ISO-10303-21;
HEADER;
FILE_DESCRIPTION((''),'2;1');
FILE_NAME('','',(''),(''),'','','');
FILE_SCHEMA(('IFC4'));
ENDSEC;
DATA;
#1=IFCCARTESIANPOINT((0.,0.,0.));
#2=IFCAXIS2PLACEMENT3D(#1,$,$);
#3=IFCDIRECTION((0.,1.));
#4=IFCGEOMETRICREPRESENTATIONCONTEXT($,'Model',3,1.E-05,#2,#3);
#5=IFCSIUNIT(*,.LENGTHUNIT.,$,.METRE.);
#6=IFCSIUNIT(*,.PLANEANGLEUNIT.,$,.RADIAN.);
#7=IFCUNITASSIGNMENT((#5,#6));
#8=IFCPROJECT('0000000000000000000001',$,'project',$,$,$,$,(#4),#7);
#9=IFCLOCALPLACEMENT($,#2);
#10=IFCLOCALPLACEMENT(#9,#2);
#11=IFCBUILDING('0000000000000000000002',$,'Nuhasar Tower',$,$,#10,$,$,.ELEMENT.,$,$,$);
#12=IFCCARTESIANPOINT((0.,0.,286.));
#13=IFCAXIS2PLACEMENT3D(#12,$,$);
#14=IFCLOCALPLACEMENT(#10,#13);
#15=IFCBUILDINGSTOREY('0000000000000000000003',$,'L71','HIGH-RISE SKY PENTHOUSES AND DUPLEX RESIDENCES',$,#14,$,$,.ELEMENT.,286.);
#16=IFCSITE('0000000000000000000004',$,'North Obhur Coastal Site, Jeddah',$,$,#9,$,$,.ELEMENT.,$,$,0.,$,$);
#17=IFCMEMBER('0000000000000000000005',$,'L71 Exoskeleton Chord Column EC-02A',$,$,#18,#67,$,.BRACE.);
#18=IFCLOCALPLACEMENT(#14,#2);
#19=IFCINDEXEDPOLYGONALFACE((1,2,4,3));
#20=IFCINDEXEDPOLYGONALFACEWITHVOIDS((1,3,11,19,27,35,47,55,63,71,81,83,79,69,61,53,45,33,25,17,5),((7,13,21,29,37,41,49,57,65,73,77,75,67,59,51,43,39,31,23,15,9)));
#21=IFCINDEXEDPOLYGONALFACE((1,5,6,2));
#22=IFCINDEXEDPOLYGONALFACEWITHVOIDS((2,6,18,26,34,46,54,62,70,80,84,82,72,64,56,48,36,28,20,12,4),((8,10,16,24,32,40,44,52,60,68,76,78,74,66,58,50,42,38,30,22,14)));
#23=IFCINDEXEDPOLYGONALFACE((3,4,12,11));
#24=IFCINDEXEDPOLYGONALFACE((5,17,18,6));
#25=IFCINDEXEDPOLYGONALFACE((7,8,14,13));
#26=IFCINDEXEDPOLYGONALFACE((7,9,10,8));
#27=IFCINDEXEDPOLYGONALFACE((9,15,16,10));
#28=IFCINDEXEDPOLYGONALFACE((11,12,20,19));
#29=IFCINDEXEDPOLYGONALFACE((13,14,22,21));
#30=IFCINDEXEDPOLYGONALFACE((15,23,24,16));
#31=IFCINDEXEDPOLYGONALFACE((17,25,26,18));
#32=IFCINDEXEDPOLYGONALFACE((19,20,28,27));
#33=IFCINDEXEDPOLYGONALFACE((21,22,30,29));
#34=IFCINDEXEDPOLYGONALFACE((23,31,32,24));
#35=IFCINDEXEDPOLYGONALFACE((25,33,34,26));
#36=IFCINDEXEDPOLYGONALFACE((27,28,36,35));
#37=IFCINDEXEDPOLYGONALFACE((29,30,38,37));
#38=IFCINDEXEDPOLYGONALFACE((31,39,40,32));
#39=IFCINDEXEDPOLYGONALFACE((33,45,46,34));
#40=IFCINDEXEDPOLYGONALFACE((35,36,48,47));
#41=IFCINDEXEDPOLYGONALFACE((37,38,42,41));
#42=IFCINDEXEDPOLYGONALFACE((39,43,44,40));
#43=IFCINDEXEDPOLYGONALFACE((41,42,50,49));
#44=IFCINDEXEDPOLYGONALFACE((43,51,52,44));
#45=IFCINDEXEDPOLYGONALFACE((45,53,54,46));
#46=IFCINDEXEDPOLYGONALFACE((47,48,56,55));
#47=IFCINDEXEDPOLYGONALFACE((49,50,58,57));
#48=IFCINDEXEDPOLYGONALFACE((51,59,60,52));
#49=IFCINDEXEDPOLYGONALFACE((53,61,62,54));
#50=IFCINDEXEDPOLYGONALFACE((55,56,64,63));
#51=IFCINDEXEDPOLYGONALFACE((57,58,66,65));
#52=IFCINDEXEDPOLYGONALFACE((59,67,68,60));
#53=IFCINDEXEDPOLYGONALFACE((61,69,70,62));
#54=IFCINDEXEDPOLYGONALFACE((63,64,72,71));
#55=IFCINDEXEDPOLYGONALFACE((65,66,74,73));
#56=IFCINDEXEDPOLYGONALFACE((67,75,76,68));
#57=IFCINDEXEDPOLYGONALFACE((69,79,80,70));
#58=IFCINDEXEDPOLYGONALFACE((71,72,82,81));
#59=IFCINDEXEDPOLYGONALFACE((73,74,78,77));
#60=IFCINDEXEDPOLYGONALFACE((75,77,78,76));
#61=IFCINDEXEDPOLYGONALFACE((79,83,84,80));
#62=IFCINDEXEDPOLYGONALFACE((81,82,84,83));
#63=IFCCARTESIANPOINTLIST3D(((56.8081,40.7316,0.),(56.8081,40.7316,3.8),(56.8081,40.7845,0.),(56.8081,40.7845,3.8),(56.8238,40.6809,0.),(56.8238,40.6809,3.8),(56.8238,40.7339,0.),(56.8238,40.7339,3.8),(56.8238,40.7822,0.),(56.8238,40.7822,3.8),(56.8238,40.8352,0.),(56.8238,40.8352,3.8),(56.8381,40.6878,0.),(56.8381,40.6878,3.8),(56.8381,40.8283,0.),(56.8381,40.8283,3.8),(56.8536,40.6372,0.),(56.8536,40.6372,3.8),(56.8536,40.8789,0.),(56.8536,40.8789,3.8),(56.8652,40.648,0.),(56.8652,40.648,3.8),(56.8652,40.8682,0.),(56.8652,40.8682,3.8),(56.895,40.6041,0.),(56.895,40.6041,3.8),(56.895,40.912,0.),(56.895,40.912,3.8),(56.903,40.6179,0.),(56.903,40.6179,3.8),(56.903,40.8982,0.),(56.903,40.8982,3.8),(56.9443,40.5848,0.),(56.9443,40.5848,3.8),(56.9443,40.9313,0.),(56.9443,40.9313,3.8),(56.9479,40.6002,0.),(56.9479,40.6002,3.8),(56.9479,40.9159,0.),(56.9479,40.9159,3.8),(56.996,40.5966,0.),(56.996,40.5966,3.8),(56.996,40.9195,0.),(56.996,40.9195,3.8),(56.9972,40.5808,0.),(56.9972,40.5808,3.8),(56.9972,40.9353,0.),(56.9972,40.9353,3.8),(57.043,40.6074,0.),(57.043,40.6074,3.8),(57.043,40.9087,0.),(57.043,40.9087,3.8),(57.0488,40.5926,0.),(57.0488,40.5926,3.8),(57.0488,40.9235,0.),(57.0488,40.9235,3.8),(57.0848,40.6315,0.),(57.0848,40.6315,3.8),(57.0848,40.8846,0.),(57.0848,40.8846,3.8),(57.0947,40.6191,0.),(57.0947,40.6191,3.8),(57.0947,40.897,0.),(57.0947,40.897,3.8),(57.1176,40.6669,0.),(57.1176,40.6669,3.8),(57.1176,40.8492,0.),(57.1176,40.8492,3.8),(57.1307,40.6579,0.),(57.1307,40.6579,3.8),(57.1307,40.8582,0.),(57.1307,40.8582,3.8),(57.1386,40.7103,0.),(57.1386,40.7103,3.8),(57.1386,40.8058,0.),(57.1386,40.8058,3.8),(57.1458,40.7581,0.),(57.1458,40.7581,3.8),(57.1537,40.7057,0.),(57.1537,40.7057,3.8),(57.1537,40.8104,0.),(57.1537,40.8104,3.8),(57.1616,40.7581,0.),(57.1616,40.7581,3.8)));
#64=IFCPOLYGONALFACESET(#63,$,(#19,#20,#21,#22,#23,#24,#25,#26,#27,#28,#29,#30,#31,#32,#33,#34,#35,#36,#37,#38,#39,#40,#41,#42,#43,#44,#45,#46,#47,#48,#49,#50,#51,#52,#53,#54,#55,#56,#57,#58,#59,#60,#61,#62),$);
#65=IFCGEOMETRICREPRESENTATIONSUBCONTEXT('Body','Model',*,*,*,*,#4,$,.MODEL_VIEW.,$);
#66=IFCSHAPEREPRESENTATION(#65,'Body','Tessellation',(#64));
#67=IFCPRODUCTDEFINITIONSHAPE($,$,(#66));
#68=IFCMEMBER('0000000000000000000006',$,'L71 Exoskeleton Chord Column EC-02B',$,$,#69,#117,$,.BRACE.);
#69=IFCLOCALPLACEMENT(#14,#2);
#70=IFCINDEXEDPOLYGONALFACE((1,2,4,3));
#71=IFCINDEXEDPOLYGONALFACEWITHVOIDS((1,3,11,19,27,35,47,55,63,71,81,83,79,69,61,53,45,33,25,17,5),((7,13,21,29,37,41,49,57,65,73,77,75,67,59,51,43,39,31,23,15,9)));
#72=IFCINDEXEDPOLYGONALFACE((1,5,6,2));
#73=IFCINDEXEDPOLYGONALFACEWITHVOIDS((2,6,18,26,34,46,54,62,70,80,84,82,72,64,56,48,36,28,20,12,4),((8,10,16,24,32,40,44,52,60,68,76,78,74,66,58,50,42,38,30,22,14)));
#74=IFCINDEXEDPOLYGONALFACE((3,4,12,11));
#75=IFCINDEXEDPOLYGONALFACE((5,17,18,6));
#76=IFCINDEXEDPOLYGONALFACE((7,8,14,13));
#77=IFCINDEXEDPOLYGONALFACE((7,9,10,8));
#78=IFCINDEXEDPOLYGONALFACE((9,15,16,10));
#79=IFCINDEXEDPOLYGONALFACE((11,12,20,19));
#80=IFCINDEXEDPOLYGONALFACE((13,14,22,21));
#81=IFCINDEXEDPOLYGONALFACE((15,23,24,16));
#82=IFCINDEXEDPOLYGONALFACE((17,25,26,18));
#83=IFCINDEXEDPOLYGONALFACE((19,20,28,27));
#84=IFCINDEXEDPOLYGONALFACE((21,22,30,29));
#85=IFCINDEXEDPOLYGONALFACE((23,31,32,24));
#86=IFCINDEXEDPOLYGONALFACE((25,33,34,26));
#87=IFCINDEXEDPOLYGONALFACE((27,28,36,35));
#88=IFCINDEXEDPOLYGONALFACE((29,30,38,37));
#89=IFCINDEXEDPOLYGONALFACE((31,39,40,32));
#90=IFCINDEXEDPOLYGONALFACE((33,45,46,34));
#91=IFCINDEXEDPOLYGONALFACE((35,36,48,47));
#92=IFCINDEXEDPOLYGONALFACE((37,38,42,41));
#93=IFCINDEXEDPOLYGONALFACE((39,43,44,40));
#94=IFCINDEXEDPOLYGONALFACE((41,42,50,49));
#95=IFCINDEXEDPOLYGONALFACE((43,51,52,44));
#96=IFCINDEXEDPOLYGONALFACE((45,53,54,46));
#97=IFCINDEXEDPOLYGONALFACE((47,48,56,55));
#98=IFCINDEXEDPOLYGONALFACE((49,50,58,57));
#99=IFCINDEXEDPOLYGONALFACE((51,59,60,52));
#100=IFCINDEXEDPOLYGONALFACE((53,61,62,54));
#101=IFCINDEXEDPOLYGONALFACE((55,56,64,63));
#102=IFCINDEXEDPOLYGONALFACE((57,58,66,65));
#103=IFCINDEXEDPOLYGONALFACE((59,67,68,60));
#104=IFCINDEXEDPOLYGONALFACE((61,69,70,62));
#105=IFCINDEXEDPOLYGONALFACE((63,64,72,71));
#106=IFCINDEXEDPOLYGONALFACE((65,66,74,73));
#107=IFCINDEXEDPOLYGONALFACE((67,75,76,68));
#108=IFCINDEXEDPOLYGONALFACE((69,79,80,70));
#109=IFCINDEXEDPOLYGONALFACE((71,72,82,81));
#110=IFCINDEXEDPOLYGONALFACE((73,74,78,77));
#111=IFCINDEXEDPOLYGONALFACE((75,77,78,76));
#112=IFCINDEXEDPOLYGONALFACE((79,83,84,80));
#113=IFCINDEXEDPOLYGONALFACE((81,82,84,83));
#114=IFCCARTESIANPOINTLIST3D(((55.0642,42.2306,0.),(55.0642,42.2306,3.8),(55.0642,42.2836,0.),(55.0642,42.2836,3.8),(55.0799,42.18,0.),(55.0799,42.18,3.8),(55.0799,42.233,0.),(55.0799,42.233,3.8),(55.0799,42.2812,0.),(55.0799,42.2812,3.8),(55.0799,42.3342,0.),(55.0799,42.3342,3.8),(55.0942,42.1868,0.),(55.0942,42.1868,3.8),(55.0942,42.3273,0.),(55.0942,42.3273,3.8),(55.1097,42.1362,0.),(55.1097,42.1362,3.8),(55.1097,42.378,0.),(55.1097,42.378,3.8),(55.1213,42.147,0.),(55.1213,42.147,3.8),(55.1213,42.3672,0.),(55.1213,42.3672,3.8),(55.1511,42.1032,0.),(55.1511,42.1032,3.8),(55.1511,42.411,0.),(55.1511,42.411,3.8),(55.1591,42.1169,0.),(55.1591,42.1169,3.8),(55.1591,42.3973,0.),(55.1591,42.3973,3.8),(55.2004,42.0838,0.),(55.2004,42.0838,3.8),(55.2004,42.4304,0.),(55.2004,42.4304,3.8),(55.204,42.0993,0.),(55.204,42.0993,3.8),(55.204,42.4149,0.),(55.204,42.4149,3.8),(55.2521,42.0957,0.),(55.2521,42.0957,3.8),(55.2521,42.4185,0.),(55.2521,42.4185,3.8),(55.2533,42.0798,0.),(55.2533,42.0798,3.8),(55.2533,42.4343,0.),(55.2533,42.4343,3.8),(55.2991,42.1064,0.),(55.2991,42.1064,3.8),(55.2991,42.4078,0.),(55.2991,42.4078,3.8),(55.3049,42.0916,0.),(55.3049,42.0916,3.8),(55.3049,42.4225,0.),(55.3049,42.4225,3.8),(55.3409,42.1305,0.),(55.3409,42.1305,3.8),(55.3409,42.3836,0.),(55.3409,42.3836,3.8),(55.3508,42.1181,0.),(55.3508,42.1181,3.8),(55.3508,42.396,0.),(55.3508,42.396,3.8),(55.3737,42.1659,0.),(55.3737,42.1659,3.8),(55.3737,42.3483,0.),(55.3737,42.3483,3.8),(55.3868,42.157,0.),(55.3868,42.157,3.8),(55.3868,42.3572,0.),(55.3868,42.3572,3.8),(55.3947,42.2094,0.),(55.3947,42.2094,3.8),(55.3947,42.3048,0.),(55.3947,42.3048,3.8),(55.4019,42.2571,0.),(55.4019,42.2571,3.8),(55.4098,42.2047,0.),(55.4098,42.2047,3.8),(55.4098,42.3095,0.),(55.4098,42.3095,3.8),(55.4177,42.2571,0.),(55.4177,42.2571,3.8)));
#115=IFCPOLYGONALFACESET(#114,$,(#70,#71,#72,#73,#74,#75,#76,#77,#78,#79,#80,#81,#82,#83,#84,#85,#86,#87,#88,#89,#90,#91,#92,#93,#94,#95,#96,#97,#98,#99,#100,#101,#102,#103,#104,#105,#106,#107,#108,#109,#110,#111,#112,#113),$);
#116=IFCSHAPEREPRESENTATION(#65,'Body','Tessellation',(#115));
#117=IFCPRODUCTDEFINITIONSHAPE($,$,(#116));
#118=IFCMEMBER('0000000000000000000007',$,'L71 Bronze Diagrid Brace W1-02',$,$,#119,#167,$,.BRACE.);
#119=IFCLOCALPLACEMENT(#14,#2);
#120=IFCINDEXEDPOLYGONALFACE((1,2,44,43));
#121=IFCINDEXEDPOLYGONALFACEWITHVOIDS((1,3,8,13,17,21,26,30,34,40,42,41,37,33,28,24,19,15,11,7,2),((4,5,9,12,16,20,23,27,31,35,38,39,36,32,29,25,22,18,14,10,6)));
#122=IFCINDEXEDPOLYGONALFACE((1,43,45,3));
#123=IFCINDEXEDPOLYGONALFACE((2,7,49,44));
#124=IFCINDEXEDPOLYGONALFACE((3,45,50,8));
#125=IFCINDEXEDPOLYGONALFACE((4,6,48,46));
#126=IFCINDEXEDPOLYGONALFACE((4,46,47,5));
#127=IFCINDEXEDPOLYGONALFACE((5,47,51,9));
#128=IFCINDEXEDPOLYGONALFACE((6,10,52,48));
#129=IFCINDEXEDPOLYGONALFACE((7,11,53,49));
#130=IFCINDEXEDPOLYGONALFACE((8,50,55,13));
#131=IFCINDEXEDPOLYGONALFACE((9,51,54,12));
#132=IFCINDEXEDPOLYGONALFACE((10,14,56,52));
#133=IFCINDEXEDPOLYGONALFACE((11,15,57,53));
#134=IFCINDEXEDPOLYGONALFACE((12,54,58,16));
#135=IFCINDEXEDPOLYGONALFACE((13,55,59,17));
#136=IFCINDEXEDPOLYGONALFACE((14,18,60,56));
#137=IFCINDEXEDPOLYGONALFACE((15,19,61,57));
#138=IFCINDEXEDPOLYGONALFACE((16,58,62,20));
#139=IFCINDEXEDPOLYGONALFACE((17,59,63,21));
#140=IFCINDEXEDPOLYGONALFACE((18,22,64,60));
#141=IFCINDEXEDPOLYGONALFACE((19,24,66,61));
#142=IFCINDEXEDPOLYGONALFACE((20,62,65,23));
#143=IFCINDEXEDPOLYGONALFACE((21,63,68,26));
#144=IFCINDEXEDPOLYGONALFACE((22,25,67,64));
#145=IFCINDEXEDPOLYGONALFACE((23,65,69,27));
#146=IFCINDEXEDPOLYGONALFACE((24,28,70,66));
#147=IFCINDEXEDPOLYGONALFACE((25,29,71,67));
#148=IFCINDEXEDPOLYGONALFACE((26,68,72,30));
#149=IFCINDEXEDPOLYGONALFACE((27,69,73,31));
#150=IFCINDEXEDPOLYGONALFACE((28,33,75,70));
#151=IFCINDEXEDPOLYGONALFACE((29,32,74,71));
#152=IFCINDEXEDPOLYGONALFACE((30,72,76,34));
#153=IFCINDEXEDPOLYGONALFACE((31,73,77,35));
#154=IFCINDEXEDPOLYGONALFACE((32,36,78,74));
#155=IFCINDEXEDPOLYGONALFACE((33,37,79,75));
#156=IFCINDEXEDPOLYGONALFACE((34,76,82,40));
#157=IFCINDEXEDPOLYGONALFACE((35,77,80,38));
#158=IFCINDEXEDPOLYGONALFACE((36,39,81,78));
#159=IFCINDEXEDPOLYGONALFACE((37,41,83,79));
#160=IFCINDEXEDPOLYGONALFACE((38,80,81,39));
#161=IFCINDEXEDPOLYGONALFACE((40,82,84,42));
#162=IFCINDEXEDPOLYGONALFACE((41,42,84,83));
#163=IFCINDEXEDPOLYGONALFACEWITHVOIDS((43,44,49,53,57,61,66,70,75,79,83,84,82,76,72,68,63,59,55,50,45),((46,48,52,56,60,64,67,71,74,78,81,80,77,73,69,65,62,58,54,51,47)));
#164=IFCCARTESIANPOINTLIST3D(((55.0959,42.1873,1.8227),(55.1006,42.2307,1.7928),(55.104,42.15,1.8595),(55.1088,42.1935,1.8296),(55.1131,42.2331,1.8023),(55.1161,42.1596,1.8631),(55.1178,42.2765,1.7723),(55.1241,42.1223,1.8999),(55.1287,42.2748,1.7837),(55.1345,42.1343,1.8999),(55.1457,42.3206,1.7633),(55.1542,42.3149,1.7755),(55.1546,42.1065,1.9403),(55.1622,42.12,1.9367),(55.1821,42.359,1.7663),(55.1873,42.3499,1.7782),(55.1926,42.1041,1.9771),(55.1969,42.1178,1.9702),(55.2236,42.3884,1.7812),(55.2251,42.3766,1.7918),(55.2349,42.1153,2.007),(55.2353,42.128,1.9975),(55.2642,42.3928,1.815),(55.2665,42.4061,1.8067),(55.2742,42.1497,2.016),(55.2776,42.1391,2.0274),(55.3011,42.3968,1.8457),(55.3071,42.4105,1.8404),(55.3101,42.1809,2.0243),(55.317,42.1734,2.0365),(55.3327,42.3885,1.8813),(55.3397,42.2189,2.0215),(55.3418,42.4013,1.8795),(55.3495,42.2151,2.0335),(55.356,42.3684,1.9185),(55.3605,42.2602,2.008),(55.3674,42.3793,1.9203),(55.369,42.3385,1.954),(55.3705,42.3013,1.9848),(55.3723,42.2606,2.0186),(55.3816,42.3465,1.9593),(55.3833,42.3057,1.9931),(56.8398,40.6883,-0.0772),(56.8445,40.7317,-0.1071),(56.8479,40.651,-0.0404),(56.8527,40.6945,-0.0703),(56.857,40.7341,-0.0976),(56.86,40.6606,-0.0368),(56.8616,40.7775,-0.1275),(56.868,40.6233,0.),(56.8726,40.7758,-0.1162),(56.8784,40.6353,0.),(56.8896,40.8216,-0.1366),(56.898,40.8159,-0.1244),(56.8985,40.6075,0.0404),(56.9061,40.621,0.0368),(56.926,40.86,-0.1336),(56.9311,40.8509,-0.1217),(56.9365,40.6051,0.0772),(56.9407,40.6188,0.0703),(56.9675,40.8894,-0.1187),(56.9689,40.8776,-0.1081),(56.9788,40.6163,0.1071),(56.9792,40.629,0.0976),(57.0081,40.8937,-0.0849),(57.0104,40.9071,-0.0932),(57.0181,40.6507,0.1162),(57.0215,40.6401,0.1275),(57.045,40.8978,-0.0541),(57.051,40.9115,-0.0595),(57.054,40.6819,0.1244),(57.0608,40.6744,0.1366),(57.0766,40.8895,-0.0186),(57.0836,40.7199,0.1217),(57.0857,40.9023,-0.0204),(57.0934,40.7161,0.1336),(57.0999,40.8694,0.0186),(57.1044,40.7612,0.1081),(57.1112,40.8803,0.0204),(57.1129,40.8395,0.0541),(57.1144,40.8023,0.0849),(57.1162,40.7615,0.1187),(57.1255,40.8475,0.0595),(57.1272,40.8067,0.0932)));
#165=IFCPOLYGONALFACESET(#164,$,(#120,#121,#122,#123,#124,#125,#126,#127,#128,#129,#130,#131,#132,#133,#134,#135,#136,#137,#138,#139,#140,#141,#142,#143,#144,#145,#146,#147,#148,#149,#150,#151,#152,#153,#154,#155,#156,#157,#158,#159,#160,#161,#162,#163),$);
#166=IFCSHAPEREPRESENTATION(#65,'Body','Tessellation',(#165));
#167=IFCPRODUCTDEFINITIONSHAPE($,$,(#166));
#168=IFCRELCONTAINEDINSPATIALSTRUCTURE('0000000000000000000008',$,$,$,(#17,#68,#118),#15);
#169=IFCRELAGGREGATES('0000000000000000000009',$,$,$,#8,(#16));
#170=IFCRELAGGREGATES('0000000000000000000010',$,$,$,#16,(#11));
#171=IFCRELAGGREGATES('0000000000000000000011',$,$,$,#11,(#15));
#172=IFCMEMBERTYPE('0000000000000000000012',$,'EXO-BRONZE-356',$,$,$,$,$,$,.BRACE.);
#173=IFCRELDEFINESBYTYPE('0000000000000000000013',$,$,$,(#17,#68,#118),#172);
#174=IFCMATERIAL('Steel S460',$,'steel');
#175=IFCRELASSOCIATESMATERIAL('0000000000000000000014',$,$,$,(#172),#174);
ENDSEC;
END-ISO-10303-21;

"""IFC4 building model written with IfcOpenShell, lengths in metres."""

from ifc_helpers import new_model, si_unit, direction, frame, origin, origin_2d, place, context, subcontext, project, spatial, hollow_circle, extrude, material, material_profile, profile_set, type_object, element, save


model = new_model("IFC4")

# Units and contexts
model_context = context("Model", 3, precision=1e-05, world=origin(), true_north=direction((0.0, 1.0)))
body_context = subcontext(model_context, "Body", "Model", "MODEL_VIEW")
ifc_project = project(units=[si_unit("LENGTHUNIT", "METRE"), si_unit("PLANEANGLEUNIT", "RADIAN")], contexts=[model_context])

# Site, building, storey
site_placement = place(None, origin())
site = spatial("IfcSite", under=ifc_project, at=site_placement, Name="North Obhur Coastal Site, Jeddah", CompositionType="ELEMENT", RefElevation=0.0)
building_placement = place(site_placement, origin())
building = spatial("IfcBuilding", under=site, at=building_placement, Name="Nuhasar Tower", CompositionType="ELEMENT")
storey_placement = place(building_placement, frame((0.0, 0.0, 286.0)))
storey = spatial("IfcBuildingStorey", under=building, at=storey_placement, Name="L71", Description="HIGH-RISE SKY PENTHOUSES AND DUPLEX RESIDENCES", CompositionType="ELEMENT", Elevation=286.0)

# Members
ifc_material_1 = material(Name="Steel S460", Category="steel")
ifc_material_profile_1 = material_profile(ifc_material_1, hollow_circle(Radius=0.1777, WallThickness=0.0159, at=origin_2d()), Name="HSS355.6X15.9")
ifc_profile_set_1 = profile_set([ifc_material_profile_1], Name="Steel S460")
member_type_1 = type_object("IfcMemberType", Name="EXO-BRONZE-356", PredefinedType="BRACE", material=ifc_profile_set_1)
for number, where, z_axis, x_axis, name in (
    (1, (56.9839, 40.7581, 0.0), (0.0, 0.0, 1.0), (1.0, 0.0, 0.0), "L71 Exoskeleton Chord Column EC-02A"),
    (2, (55.24, 42.2571, 0.0), (0.0, 0.0, 1.0), (1.0, 0.0, 0.0), "L71 Exoskeleton Chord Column EC-02B"),
):
    element("IfcMember", number, at=place(storey_placement, frame(where, z_axis=z_axis, x_axis=x_axis)), inside=storey, type_object=member_type_1, Name=name, PredefinedType="BRACE", context=body_context, shape_type="SweptSolid", body=[
        extrude(hollow_circle(Radius=0.1777, WallThickness=0.0159, at=origin_2d()), origin(), (0.0, 0.0, 1.0), 3.8),
    ])
member_1_placement = place(storey_placement, frame((56.9839, 40.7581, 0.0), z_axis=(-0.584625, 0.502534, 0.636925), x_axis=(-0.651857, -0.758342, 0.0)))
element("IfcMember", 3, at=member_1_placement, inside=storey, type_object=member_type_1, Name="L71 Bronze Diagrid Brace W1-02", PredefinedType="BRACE", context=body_context, shape_type="SweptSolid", body=[
    extrude(hollow_circle(Radius=0.1777, WallThickness=0.0159, at=origin_2d()), origin(), (0.0, 0.0, 1.0), 2.9829),
])

save(model, "model.ifc")
